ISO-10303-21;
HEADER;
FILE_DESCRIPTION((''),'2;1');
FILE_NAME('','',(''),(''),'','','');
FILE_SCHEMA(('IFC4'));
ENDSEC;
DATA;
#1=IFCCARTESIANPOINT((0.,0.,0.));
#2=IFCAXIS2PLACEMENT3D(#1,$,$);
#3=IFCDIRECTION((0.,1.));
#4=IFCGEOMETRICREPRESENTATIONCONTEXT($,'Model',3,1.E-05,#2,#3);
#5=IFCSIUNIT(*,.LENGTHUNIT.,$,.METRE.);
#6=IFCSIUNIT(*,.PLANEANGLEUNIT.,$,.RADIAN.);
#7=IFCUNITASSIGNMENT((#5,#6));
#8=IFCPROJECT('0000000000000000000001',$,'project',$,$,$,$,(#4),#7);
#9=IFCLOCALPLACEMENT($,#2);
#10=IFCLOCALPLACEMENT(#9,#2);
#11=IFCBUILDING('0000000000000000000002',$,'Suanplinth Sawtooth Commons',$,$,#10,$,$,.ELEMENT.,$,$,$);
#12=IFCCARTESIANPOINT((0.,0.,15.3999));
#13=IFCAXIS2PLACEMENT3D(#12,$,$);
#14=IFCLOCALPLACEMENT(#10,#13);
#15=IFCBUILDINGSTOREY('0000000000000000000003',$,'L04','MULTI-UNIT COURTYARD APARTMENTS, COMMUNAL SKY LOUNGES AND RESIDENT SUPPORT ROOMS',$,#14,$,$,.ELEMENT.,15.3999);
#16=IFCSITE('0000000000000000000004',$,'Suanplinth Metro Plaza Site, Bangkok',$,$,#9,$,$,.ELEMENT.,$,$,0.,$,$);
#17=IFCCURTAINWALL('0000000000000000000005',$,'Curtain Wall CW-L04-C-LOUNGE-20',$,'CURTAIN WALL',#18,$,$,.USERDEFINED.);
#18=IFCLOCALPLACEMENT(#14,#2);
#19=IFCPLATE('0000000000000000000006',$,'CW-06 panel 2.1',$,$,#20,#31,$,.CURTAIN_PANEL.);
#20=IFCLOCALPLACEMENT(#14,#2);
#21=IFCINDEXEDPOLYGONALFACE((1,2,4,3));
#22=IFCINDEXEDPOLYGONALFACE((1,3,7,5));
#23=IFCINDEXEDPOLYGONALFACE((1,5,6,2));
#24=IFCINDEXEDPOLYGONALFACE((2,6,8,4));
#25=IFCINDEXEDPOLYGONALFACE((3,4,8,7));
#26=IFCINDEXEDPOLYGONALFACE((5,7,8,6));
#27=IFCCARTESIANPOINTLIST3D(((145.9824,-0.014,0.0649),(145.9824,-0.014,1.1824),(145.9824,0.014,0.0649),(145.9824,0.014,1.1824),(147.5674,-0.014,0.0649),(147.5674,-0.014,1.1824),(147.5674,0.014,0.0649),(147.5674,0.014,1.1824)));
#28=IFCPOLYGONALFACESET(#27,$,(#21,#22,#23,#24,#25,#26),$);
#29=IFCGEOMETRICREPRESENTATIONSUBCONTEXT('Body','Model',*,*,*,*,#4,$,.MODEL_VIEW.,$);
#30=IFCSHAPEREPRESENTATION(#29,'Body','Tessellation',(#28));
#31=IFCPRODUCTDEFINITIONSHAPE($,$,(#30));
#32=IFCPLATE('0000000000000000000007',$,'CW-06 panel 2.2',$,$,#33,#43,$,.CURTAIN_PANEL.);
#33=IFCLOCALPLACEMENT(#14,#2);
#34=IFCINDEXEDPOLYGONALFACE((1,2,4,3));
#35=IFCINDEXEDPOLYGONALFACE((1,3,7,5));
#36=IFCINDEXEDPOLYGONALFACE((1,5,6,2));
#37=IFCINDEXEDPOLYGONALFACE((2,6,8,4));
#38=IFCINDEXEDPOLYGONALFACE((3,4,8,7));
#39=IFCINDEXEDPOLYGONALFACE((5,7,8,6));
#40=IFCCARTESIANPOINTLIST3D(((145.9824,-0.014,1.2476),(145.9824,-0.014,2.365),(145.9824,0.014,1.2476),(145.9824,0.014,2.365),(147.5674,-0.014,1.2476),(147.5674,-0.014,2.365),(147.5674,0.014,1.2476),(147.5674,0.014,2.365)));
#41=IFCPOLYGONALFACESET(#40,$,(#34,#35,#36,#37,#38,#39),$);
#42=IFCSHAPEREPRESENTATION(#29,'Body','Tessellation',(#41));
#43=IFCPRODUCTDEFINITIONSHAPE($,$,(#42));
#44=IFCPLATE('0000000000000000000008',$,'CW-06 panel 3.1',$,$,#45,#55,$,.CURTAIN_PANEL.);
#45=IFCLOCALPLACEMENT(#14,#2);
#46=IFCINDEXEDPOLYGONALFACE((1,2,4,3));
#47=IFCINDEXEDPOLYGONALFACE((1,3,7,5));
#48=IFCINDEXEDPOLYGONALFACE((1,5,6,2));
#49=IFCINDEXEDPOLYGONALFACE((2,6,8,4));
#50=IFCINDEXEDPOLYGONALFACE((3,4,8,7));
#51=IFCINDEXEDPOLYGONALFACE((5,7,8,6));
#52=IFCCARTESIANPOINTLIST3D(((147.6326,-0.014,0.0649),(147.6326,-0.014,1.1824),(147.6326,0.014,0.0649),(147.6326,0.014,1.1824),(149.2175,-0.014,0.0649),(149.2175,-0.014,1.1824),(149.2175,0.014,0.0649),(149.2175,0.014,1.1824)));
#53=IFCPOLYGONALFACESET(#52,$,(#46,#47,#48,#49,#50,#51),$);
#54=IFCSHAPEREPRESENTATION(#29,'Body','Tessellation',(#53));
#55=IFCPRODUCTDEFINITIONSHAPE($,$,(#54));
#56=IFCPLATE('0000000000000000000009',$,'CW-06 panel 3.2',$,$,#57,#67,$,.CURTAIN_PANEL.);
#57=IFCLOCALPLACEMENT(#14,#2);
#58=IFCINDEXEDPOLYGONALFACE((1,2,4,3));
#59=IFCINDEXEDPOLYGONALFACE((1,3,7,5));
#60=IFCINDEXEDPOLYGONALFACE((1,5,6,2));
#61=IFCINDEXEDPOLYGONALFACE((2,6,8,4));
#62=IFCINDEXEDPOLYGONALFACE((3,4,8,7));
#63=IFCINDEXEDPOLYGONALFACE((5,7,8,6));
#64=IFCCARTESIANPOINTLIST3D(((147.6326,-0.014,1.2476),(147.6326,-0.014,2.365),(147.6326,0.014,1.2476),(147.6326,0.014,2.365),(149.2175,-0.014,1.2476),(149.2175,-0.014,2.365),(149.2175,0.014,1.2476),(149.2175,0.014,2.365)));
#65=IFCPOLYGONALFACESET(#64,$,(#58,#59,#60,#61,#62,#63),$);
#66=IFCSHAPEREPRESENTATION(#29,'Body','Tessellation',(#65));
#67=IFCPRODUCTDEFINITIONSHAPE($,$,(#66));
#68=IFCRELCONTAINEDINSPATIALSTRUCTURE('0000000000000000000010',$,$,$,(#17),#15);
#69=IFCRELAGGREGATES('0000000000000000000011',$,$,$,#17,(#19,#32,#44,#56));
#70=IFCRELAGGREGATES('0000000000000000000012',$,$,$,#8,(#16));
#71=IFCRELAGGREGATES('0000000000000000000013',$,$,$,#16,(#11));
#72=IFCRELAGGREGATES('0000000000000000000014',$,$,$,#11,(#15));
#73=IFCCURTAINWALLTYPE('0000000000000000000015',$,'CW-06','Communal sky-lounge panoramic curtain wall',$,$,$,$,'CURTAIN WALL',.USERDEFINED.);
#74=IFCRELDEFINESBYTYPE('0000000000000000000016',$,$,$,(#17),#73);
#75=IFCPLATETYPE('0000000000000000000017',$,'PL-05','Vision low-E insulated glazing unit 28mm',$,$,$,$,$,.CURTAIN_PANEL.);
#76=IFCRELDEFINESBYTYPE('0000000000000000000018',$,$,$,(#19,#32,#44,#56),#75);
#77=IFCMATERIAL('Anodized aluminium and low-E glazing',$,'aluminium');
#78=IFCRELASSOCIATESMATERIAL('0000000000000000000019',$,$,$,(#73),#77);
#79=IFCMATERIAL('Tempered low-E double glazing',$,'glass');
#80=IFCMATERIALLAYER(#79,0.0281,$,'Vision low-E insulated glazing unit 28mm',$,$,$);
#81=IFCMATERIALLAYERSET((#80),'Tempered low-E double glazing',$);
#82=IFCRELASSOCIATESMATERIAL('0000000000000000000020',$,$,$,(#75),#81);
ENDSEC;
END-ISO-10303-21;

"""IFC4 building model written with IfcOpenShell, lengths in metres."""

from ifc_helpers import new_model, si_unit, direction, frame, origin, origin_2d, place, context, subcontext, project, spatial, rectangle, extrude, material, layer, layer_set, type_object, element, aggregate, save


model = new_model("IFC4")

# Units and contexts
model_context = context("Model", 3, precision=1e-05, world=origin(), true_north=direction((0.0, 1.0)))
body_context = subcontext(model_context, "Body", "Model", "MODEL_VIEW")
ifc_project = project(units=[si_unit("LENGTHUNIT", "METRE"), si_unit("PLANEANGLEUNIT", "RADIAN")], contexts=[model_context])

# Site, building, storey
site_placement = place(None, origin())
site = spatial("IfcSite", under=ifc_project, at=site_placement, Name="Suanplinth Metro Plaza Site, Bangkok", CompositionType="ELEMENT", RefElevation=0.0)
building_placement = place(site_placement, origin())
building = spatial("IfcBuilding", under=site, at=building_placement, Name="Suanplinth Sawtooth Commons", CompositionType="ELEMENT")
storey_placement = place(building_placement, frame((0.0, 0.0, 15.3999)))
storey = spatial("IfcBuildingStorey", under=building, at=storey_placement, Name="L04", Description="MULTI-UNIT COURTYARD APARTMENTS, COMMUNAL SKY LOUNGES AND RESIDENT SUPPORT ROOMS", CompositionType="ELEMENT", Elevation=15.3999)

# Curtain wall, plates
ifc_material_1 = material(Name="Anodized aluminium and low-E glazing", Category="aluminium")
curtain_wall_type = type_object("IfcCurtainWallType", Name="CW-06", Description="Communal sky-lounge panoramic curtain wall", ElementType="CURTAIN WALL", PredefinedType="USERDEFINED", material=ifc_material_1)
curtain_wall_placement = place(storey_placement, origin())
curtain_wall = element("IfcCurtainWall", 1, at=curtain_wall_placement, inside=storey, type_object=curtain_wall_type, Name="Curtain Wall CW-L04-C-LOUNGE-20", ObjectType="CURTAIN WALL", PredefinedType="USERDEFINED")
ifc_material_2 = material(Name="Tempered low-E double glazing", Category="glass")
ifc_layer = layer(ifc_material_2, 0.0281, Name="Vision low-E insulated glazing unit 28mm")
ifc_layer_set = layer_set([ifc_layer], Name="Tempered low-E double glazing")
plate_type = type_object("IfcPlateType", Name="PL-05", Description="Vision low-E insulated glazing unit 28mm", PredefinedType="CURTAIN_PANEL", material=ifc_layer_set)
plate_1_placement = place(storey_placement, frame((146.7749, 0.0, 0.0649), z_axis=(0.0, 0.0, 1.0), x_axis=(1.0, 0.0, 0.0)))
plate_1 = element("IfcPlate", 2, at=plate_1_placement, type_object=plate_type, Name="CW-06 panel 2.1", PredefinedType="CURTAIN_PANEL", context=body_context, shape_type="SweptSolid", body=[
    extrude(rectangle(XDim=1.585, YDim=0.0281, at=origin_2d()), origin(), (0.0, 0.0, 1.0), 1.1174),
])
plate_2_placement = place(storey_placement, frame((146.7749, 0.0, 1.2476), z_axis=(0.0, 0.0, 1.0), x_axis=(1.0, 0.0, 0.0)))
plate_2 = element("IfcPlate", 3, at=plate_2_placement, type_object=plate_type, Name="CW-06 panel 2.2", PredefinedType="CURTAIN_PANEL", context=body_context, shape_type="SweptSolid", body=[
    extrude(rectangle(XDim=1.585, YDim=0.0281, at=origin_2d()), origin(), (0.0, 0.0, 1.0), 1.1174),
])
plate_3_placement = place(storey_placement, frame((148.425, 0.0, 0.0649), z_axis=(0.0, 0.0, 1.0), x_axis=(1.0, 0.0, 0.0)))
plate_3 = element("IfcPlate", 4, at=plate_3_placement, type_object=plate_type, Name="CW-06 panel 3.1", PredefinedType="CURTAIN_PANEL", context=body_context, shape_type="SweptSolid", body=[
    extrude(rectangle(XDim=1.585, YDim=0.0281, at=origin_2d()), origin(), (0.0, 0.0, 1.0), 1.1174),
])
plate_4_placement = place(storey_placement, frame((148.425, 0.0, 1.2476), z_axis=(0.0, 0.0, 1.0), x_axis=(1.0, 0.0, 0.0)))
plate_4 = element("IfcPlate", 5, at=plate_4_placement, type_object=plate_type, Name="CW-06 panel 3.2", PredefinedType="CURTAIN_PANEL", context=body_context, shape_type="SweptSolid", body=[
    extrude(rectangle(XDim=1.585, YDim=0.0281, at=origin_2d()), origin(), (0.0, 0.0, 1.0), 1.1174),
])
aggregate(curtain_wall, [plate_1, plate_2, plate_3, plate_4])

save(model, "model.ifc")
